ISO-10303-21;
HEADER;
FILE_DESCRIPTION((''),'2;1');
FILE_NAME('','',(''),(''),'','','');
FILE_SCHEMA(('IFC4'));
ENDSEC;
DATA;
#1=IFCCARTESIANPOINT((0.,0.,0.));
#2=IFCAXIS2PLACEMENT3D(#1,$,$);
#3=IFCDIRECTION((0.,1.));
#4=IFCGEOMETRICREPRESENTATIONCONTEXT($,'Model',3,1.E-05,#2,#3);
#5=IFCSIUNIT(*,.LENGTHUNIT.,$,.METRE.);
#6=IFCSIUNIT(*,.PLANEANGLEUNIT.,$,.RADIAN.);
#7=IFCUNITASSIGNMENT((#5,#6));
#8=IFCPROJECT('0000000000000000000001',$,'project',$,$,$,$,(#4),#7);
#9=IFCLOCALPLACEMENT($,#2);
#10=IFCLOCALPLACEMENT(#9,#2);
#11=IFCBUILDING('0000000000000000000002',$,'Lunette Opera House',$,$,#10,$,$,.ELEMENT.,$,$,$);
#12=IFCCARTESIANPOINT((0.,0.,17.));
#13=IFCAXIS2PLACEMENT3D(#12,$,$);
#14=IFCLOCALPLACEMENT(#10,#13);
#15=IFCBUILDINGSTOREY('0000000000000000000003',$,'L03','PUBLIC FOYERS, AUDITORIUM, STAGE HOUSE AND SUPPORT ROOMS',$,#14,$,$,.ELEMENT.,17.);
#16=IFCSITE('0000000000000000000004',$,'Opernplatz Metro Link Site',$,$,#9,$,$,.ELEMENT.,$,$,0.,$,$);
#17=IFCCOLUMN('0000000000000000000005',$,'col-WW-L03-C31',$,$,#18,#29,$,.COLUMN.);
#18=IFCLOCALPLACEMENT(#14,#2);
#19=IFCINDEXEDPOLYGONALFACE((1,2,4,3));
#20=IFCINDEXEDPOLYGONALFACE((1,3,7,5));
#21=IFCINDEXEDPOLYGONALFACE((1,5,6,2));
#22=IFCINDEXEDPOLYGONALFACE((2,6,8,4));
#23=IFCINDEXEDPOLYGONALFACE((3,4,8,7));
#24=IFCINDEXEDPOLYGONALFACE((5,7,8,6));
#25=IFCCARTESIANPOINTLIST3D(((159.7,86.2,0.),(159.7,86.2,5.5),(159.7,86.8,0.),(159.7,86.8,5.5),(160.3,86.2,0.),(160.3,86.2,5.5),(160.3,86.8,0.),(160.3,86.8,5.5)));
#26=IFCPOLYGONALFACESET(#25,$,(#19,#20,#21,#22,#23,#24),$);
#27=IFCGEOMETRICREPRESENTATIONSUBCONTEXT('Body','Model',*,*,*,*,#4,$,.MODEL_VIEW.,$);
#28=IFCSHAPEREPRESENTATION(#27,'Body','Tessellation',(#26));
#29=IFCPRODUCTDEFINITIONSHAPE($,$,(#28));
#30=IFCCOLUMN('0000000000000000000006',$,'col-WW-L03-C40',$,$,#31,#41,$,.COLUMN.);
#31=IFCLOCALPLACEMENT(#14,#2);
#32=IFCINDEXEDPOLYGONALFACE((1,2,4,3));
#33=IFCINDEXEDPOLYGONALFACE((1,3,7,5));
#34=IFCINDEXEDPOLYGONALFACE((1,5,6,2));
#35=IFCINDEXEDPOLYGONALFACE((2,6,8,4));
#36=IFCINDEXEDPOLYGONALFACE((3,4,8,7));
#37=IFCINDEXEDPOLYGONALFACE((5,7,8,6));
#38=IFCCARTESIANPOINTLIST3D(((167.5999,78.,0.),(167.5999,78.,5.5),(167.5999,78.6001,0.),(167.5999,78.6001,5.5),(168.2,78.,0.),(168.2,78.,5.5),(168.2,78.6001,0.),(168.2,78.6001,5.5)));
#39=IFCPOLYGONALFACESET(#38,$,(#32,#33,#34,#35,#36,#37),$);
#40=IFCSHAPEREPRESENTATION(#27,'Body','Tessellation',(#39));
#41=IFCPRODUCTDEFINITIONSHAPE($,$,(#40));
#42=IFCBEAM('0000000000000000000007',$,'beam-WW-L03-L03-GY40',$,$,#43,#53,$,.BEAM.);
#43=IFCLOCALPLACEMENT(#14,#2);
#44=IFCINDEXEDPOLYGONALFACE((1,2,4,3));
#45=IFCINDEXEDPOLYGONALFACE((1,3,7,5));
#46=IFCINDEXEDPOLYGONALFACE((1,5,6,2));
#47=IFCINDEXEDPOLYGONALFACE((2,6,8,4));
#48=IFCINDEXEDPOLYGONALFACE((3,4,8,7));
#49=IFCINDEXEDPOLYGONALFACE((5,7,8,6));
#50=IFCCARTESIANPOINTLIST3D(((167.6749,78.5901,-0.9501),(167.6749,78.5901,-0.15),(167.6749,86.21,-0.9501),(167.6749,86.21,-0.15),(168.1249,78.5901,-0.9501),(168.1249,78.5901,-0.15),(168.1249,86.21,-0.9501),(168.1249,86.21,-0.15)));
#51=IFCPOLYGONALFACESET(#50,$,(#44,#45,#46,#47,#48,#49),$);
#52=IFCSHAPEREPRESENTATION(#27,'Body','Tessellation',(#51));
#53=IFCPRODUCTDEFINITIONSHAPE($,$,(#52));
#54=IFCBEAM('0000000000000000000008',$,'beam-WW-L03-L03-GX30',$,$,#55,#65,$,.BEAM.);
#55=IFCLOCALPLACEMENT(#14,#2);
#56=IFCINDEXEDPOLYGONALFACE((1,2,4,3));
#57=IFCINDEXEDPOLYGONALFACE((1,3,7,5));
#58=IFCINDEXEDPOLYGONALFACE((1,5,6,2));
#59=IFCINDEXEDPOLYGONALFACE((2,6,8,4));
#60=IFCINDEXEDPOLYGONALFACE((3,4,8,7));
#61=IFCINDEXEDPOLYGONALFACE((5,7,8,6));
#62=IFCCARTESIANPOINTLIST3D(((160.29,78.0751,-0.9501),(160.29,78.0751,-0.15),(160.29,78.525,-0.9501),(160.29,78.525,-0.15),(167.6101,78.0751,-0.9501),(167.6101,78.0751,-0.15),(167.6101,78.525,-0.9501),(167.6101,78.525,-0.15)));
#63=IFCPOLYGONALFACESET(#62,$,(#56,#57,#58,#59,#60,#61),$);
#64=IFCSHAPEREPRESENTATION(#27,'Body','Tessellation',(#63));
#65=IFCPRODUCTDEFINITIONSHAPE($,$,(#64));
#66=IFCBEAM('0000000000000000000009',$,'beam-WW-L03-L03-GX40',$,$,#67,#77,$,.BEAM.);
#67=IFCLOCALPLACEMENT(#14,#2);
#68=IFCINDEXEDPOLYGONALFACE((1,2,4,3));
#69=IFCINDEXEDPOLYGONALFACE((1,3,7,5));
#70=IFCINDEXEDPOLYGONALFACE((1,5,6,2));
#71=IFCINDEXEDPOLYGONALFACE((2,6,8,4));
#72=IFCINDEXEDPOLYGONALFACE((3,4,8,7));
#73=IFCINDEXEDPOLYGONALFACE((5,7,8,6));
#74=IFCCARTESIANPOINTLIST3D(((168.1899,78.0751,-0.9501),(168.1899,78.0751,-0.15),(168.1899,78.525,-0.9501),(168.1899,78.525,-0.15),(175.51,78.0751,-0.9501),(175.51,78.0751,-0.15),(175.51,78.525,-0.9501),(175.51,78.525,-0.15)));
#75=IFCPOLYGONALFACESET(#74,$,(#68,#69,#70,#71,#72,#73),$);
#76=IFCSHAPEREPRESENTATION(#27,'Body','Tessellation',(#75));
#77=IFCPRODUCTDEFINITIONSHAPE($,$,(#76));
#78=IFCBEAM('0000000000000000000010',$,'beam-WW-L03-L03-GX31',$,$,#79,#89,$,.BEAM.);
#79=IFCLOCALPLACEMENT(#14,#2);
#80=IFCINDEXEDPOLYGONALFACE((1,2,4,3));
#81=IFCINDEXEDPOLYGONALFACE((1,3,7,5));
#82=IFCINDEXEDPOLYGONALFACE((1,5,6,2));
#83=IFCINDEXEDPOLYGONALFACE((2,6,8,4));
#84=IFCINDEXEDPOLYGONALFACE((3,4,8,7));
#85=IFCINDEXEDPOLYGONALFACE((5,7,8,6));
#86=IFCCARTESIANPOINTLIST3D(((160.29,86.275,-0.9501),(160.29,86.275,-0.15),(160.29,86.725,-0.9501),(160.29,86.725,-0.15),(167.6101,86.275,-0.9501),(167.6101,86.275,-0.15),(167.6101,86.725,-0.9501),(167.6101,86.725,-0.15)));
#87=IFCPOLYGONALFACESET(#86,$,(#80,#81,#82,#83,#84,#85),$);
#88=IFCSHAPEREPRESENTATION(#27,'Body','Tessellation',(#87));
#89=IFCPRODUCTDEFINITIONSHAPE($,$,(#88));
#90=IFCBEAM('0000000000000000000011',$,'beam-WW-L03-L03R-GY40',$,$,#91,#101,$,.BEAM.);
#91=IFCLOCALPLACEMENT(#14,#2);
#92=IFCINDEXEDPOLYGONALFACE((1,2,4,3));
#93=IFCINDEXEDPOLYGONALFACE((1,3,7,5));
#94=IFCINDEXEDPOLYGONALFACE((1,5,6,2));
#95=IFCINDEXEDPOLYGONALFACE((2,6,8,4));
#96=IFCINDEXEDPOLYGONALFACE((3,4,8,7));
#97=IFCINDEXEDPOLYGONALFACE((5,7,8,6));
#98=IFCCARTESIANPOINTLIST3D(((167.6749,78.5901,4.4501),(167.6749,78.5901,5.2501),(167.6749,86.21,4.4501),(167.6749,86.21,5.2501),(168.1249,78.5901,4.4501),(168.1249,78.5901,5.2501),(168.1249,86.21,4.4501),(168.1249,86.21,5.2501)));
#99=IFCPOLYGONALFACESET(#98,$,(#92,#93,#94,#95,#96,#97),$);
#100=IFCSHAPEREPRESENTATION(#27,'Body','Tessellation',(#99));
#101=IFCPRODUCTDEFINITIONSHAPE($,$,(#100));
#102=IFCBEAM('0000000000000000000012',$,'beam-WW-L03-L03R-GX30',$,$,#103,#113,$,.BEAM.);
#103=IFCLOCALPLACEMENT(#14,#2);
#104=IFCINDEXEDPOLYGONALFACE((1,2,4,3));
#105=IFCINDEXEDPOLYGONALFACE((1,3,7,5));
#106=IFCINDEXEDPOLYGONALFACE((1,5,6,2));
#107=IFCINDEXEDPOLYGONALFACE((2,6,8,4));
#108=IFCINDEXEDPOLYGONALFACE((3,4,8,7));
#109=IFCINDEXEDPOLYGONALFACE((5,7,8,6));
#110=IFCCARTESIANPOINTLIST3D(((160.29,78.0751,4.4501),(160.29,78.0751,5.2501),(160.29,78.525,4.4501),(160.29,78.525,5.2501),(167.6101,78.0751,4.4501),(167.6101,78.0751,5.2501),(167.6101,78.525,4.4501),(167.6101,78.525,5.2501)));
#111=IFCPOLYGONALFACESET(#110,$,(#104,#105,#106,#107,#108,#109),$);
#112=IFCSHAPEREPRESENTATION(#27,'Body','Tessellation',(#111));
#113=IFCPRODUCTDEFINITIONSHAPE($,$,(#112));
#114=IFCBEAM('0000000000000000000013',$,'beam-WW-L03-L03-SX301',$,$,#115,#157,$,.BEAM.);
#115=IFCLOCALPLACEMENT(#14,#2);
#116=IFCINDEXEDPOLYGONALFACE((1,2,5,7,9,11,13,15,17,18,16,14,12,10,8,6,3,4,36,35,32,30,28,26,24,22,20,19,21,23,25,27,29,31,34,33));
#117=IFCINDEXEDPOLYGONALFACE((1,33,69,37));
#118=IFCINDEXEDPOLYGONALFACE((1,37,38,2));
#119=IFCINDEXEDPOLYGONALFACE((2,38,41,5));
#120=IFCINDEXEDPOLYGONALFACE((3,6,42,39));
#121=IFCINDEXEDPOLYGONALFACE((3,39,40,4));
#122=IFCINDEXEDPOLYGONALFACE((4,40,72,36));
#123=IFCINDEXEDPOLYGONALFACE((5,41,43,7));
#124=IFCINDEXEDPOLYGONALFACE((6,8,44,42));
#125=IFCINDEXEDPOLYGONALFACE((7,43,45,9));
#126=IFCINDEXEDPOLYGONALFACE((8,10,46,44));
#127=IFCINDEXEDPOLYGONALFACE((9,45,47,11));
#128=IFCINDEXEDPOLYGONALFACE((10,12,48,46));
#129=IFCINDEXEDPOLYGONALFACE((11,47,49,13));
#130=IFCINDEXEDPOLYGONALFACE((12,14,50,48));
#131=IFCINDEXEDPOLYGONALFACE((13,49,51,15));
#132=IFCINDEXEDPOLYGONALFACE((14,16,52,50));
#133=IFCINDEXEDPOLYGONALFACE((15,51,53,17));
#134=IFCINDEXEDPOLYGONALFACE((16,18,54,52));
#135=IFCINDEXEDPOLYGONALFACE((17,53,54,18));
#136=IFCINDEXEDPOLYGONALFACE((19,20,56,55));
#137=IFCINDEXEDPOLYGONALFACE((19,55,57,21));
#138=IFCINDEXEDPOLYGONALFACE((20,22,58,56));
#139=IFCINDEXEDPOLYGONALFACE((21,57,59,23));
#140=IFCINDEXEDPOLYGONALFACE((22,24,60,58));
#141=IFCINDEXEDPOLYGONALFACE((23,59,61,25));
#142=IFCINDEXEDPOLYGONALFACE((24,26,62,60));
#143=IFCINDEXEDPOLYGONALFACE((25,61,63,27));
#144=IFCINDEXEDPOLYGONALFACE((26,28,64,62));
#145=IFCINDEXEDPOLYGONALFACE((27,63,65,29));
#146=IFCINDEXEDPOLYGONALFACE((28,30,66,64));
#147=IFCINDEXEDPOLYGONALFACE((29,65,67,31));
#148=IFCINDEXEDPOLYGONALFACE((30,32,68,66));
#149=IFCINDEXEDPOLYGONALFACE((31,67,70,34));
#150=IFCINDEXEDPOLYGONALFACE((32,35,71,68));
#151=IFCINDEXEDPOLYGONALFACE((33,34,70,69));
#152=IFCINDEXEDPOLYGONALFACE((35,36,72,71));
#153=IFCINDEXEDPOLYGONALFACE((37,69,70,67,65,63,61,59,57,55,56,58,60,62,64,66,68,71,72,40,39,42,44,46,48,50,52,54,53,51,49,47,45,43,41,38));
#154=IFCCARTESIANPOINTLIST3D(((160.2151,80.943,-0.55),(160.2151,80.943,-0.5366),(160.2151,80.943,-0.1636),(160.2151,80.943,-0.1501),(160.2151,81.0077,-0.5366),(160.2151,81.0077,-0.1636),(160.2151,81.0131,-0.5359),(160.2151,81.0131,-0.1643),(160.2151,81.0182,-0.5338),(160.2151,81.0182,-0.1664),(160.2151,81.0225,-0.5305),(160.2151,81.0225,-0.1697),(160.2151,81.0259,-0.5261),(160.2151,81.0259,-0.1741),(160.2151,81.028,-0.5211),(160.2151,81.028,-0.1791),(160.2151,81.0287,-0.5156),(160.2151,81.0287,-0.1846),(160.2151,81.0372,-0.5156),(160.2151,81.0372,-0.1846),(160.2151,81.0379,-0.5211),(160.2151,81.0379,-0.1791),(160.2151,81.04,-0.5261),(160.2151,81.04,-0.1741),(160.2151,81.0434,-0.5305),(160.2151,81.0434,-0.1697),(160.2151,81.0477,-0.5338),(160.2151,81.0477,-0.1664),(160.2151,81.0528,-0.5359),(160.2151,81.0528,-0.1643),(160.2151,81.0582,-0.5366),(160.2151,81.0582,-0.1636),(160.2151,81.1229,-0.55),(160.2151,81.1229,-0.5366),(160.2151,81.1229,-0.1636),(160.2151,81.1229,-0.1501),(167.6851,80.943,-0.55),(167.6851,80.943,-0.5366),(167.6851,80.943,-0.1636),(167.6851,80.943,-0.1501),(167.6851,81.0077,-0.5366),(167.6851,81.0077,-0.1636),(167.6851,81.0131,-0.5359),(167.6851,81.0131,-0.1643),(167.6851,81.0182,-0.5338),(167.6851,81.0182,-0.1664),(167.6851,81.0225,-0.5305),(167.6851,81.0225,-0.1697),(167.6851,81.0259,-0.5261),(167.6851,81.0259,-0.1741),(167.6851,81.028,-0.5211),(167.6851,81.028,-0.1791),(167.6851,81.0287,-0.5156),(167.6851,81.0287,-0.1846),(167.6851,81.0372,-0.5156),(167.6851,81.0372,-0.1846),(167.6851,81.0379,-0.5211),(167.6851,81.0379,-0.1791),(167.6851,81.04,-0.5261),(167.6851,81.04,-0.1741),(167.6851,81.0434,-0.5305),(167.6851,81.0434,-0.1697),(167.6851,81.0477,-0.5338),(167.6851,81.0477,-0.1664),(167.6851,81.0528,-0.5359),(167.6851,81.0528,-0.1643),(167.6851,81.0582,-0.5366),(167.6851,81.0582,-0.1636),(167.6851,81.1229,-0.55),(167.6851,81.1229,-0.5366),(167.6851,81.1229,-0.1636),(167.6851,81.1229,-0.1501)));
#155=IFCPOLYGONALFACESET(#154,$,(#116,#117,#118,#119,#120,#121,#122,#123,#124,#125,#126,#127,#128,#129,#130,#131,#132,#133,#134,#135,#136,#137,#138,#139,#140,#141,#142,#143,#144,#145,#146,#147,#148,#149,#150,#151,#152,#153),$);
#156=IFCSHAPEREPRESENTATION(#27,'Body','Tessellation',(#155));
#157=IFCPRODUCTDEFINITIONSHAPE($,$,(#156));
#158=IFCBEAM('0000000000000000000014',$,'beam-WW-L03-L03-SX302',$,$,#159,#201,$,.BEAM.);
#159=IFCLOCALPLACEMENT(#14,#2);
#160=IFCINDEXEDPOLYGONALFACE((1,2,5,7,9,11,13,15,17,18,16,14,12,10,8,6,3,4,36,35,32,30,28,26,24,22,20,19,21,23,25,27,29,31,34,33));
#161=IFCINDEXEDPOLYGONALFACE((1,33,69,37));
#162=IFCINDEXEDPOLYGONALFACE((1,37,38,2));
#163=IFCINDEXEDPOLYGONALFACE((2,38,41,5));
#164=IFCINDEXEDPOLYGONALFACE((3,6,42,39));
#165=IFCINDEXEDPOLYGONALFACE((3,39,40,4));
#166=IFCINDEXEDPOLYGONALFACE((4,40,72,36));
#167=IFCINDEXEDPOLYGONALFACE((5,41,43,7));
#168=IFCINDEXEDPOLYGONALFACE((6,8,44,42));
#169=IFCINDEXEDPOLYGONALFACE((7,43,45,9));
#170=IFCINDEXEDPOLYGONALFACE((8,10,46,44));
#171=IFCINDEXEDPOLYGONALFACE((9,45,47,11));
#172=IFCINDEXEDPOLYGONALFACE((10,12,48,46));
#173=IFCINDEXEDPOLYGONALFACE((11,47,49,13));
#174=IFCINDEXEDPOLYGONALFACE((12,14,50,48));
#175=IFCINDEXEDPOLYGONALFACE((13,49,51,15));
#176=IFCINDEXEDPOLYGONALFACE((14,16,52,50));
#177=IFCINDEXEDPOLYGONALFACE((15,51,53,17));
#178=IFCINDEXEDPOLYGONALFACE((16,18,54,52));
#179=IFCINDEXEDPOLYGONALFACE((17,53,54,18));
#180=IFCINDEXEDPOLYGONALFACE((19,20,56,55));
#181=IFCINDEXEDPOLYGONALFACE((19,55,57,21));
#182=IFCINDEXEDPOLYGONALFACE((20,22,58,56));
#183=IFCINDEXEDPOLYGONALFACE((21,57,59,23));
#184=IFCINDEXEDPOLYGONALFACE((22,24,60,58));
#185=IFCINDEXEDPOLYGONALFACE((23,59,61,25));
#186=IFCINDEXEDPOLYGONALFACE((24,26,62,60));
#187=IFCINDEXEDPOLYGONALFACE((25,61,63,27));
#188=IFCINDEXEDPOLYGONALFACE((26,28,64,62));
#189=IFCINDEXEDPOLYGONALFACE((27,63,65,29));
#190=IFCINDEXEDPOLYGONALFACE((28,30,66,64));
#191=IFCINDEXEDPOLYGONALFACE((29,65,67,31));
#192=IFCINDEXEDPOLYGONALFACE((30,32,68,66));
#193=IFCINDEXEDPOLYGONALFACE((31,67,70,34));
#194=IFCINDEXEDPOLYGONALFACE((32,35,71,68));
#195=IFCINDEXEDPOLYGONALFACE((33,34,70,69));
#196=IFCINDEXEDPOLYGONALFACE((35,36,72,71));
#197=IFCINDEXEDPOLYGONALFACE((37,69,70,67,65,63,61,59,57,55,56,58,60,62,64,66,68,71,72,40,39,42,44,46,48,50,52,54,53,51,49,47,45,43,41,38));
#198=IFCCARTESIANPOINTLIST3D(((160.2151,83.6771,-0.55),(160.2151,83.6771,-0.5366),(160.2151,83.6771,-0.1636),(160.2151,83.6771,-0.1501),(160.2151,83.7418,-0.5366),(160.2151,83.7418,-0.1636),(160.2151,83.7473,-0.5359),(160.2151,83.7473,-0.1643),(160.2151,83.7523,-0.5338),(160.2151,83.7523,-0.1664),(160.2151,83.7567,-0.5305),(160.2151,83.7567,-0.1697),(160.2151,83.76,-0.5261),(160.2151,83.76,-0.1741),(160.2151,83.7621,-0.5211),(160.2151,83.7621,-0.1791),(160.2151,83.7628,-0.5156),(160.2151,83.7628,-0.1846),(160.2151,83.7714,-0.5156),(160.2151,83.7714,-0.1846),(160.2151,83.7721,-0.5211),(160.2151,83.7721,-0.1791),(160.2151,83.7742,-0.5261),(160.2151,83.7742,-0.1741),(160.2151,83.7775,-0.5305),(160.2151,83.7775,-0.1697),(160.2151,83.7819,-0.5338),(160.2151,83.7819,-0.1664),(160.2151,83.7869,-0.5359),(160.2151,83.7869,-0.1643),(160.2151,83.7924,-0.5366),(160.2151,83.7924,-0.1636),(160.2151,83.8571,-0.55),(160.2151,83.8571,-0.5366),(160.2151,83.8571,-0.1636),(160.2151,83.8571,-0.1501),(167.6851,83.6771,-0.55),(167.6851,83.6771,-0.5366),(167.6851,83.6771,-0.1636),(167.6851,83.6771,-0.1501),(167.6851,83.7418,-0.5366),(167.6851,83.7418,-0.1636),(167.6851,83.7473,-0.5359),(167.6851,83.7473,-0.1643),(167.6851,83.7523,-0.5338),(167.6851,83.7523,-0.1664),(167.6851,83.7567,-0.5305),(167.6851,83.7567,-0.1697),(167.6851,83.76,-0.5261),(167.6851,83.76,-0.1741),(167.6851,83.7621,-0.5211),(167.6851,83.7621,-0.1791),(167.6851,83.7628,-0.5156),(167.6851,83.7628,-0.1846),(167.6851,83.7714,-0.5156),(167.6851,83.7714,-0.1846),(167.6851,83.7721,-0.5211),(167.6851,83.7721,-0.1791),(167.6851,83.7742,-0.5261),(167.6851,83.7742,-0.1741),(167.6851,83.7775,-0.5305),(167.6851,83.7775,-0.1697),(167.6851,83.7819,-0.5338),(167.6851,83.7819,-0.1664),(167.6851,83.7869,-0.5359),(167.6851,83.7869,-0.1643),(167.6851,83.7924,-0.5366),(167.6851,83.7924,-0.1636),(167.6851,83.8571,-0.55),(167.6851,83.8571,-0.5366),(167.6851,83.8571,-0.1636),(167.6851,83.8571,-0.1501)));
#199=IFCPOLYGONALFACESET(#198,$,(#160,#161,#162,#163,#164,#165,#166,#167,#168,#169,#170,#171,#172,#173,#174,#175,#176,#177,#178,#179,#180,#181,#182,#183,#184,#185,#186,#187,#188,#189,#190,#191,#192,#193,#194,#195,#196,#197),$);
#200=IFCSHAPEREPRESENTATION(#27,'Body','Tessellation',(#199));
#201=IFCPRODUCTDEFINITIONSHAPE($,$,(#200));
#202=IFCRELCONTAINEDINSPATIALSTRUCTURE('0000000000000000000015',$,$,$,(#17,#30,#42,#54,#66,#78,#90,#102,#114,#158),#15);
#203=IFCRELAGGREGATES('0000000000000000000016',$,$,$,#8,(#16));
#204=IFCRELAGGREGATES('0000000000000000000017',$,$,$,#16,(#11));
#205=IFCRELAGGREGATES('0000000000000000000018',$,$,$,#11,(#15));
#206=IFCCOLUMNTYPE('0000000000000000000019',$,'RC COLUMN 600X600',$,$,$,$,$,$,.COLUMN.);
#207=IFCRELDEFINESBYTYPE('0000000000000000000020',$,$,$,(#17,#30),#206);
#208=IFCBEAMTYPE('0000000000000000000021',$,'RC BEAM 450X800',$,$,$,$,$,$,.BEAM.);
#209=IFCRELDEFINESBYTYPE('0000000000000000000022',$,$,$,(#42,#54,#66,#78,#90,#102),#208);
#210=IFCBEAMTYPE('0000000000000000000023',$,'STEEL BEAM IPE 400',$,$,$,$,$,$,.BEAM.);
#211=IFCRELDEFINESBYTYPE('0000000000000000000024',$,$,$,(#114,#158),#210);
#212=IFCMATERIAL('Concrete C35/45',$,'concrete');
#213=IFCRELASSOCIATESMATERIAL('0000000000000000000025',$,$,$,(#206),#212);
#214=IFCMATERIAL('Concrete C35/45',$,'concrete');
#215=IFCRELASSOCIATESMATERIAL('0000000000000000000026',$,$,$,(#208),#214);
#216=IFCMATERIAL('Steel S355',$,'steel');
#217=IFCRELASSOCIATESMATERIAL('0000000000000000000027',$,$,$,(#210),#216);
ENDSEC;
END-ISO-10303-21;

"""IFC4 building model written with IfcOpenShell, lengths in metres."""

from ifc_helpers import new_model, si_unit, direction, frame, origin, origin_2d, place, context, subcontext, project, spatial, rectangle, i_section, extrude, material, material_profile, profile_set, type_object, element, save


model = new_model("IFC4")

# Units and contexts
model_context = context("Model", 3, precision=1e-05, world=origin(), true_north=direction((0.0, 1.0)))
body_context = subcontext(model_context, "Body", "Model", "MODEL_VIEW")
ifc_project = project(units=[si_unit("LENGTHUNIT", "METRE"), si_unit("PLANEANGLEUNIT", "RADIAN")], contexts=[model_context])

# Site, building, storey
site_placement = place(None, origin())
site = spatial("IfcSite", under=ifc_project, at=site_placement, Name="Opernplatz Metro Link Site", CompositionType="ELEMENT", RefElevation=0.0)
building_placement = place(site_placement, origin())
building = spatial("IfcBuilding", under=site, at=building_placement, Name="Lunette Opera House", CompositionType="ELEMENT")
storey_placement = place(building_placement, frame((0.0, 0.0, 17.0)))
storey = spatial("IfcBuildingStorey", under=building, at=storey_placement, Name="L03", Description="PUBLIC FOYERS, AUDITORIUM, STAGE HOUSE AND SUPPORT ROOMS", CompositionType="ELEMENT", Elevation=17.0)

# Columns
ifc_material_1 = material(Name="Concrete C35/45", Category="concrete")
ifc_material_profile_1 = material_profile(ifc_material_1, rectangle(XDim=0.6001, YDim=0.6001, at=origin_2d()), Name="RC COLUMN 600X600")
ifc_profile_set_1 = profile_set([ifc_material_profile_1], Name="Concrete C35/45")
column_type = type_object("IfcColumnType", Name="RC COLUMN 600X600", PredefinedType="COLUMN", material=ifc_profile_set_1)
for number, where, z_axis, x_axis, name in (
    (1, (160.0, 86.5, 0.0), (0.0, 0.0, 1.0), (1.0, 0.0, 0.0), "col-WW-L03-C31"),
    (2, (167.8999, 78.3, 0.0), (0.0, 0.0, 1.0), (1.0, 0.0, 0.0), "col-WW-L03-C40"),
):
    element("IfcColumn", number, at=place(storey_placement, frame(where, z_axis=z_axis, x_axis=x_axis)), inside=storey, type_object=column_type, Name=name, PredefinedType="COLUMN", context=body_context, shape_type="SweptSolid", body=[
        extrude(rectangle(XDim=0.6001, YDim=0.6001, at=origin_2d()), origin(), (0.0, 0.0, 1.0), 5.5),
    ])

# Beams
ifc_material_2 = material(Name="Concrete C35/45", Category="concrete")
ifc_material_profile_2 = material_profile(ifc_material_2, rectangle(XDim=0.45, YDim=0.8, at=origin_2d()), Name="RC BEAM 450X800")
ifc_profile_set_2 = profile_set([ifc_material_profile_2], Name="Concrete C35/45")
beam_type_1 = type_object("IfcBeamType", Name="RC BEAM 450X800", PredefinedType="BEAM", material=ifc_profile_set_2)
beam_1_placement = place(storey_placement, frame((167.8999, 78.5901, -0.55), z_axis=(0.0, 1.0, 0.0), x_axis=(-1.0, 0.0, 0.0)))
element("IfcBeam", 3, at=beam_1_placement, inside=storey, type_object=beam_type_1, Name="beam-WW-L03-L03-GY40", PredefinedType="BEAM", context=body_context, shape_type="SweptSolid", body=[
    extrude(rectangle(XDim=0.45, YDim=0.8, at=origin_2d()), origin(), (0.0, 0.0, 1.0), 7.6199),
])
for number, where, z_axis, x_axis, name in (
    (4, (160.29, 78.3, -0.55), (1.0, 0.0, 0.0), (0.0, 1.0, 0.0), "beam-WW-L03-L03-GX30"),
    (5, (168.1899, 78.3, -0.55), (1.0, 0.0, 0.0), (0.0, 1.0, 0.0), "beam-WW-L03-L03-GX40"),
    (6, (160.29, 86.5, -0.55), (1.0, 0.0, 0.0), (0.0, 1.0, 0.0), "beam-WW-L03-L03-GX31"),
):
    element("IfcBeam", number, at=place(storey_placement, frame(where, z_axis=z_axis, x_axis=x_axis)), inside=storey, type_object=beam_type_1, Name=name, PredefinedType="BEAM", context=body_context, shape_type="SweptSolid", body=[
        extrude(rectangle(XDim=0.45, YDim=0.8, at=origin_2d()), origin(), (0.0, 0.0, 1.0), 7.3201),
    ])
beam_2_placement = place(storey_placement, frame((167.8999, 78.5901, 4.8501), z_axis=(0.0, 1.0, 0.0), x_axis=(-1.0, 0.0, 0.0)))
element("IfcBeam", 7, at=beam_2_placement, inside=storey, type_object=beam_type_1, Name="beam-WW-L03-L03R-GY40", PredefinedType="BEAM", context=body_context, shape_type="SweptSolid", body=[
    extrude(rectangle(XDim=0.45, YDim=0.8, at=origin_2d()), origin(), (0.0, 0.0, 1.0), 7.6199),
])
beam_3_placement = place(storey_placement, frame((160.29, 78.3, 4.8501), z_axis=(1.0, 0.0, 0.0), x_axis=(0.0, 1.0, 0.0)))
element("IfcBeam", 8, at=beam_3_placement, inside=storey, type_object=beam_type_1, Name="beam-WW-L03-L03R-GX30", PredefinedType="BEAM", context=body_context, shape_type="SweptSolid", body=[
    extrude(rectangle(XDim=0.45, YDim=0.8, at=origin_2d()), origin(), (0.0, 0.0, 1.0), 7.3201),
])
ifc_material_3 = material(Name="Steel S355", Category="steel")
ifc_material_profile_3 = material_profile(ifc_material_3, i_section(OverallWidth=0.1799, OverallDepth=0.3999, WebThickness=0.0085, FlangeThickness=0.0134, FilletRadius=0.021, at=origin_2d()), Name="IPE 400")
ifc_profile_set_3 = profile_set([ifc_material_profile_3], Name="Steel S355")
beam_type_2 = type_object("IfcBeamType", Name="STEEL BEAM IPE 400", PredefinedType="BEAM", material=ifc_profile_set_3)
for number, where, z_axis, x_axis, name in (
    (9, (160.2151, 81.033, -0.3501), (1.0, 0.0, 0.0), (0.0, 1.0, 0.0), "beam-WW-L03-L03-SX301"),
    (10, (160.2151, 83.7671, -0.3501), (1.0, 0.0, 0.0), (0.0, 1.0, 0.0), "beam-WW-L03-L03-SX302"),
):
    element("IfcBeam", number, at=place(storey_placement, frame(where, z_axis=z_axis, x_axis=x_axis)), inside=storey, type_object=beam_type_2, Name=name, PredefinedType="BEAM", context=body_context, shape_type="SweptSolid", body=[
        extrude(i_section(OverallWidth=0.1799, OverallDepth=0.3999, WebThickness=0.0085, FlangeThickness=0.0134, FilletRadius=0.021, at=origin_2d()), origin(), (0.0, 0.0, 1.0), 7.47),
    ])

save(model, "model.ifc")
